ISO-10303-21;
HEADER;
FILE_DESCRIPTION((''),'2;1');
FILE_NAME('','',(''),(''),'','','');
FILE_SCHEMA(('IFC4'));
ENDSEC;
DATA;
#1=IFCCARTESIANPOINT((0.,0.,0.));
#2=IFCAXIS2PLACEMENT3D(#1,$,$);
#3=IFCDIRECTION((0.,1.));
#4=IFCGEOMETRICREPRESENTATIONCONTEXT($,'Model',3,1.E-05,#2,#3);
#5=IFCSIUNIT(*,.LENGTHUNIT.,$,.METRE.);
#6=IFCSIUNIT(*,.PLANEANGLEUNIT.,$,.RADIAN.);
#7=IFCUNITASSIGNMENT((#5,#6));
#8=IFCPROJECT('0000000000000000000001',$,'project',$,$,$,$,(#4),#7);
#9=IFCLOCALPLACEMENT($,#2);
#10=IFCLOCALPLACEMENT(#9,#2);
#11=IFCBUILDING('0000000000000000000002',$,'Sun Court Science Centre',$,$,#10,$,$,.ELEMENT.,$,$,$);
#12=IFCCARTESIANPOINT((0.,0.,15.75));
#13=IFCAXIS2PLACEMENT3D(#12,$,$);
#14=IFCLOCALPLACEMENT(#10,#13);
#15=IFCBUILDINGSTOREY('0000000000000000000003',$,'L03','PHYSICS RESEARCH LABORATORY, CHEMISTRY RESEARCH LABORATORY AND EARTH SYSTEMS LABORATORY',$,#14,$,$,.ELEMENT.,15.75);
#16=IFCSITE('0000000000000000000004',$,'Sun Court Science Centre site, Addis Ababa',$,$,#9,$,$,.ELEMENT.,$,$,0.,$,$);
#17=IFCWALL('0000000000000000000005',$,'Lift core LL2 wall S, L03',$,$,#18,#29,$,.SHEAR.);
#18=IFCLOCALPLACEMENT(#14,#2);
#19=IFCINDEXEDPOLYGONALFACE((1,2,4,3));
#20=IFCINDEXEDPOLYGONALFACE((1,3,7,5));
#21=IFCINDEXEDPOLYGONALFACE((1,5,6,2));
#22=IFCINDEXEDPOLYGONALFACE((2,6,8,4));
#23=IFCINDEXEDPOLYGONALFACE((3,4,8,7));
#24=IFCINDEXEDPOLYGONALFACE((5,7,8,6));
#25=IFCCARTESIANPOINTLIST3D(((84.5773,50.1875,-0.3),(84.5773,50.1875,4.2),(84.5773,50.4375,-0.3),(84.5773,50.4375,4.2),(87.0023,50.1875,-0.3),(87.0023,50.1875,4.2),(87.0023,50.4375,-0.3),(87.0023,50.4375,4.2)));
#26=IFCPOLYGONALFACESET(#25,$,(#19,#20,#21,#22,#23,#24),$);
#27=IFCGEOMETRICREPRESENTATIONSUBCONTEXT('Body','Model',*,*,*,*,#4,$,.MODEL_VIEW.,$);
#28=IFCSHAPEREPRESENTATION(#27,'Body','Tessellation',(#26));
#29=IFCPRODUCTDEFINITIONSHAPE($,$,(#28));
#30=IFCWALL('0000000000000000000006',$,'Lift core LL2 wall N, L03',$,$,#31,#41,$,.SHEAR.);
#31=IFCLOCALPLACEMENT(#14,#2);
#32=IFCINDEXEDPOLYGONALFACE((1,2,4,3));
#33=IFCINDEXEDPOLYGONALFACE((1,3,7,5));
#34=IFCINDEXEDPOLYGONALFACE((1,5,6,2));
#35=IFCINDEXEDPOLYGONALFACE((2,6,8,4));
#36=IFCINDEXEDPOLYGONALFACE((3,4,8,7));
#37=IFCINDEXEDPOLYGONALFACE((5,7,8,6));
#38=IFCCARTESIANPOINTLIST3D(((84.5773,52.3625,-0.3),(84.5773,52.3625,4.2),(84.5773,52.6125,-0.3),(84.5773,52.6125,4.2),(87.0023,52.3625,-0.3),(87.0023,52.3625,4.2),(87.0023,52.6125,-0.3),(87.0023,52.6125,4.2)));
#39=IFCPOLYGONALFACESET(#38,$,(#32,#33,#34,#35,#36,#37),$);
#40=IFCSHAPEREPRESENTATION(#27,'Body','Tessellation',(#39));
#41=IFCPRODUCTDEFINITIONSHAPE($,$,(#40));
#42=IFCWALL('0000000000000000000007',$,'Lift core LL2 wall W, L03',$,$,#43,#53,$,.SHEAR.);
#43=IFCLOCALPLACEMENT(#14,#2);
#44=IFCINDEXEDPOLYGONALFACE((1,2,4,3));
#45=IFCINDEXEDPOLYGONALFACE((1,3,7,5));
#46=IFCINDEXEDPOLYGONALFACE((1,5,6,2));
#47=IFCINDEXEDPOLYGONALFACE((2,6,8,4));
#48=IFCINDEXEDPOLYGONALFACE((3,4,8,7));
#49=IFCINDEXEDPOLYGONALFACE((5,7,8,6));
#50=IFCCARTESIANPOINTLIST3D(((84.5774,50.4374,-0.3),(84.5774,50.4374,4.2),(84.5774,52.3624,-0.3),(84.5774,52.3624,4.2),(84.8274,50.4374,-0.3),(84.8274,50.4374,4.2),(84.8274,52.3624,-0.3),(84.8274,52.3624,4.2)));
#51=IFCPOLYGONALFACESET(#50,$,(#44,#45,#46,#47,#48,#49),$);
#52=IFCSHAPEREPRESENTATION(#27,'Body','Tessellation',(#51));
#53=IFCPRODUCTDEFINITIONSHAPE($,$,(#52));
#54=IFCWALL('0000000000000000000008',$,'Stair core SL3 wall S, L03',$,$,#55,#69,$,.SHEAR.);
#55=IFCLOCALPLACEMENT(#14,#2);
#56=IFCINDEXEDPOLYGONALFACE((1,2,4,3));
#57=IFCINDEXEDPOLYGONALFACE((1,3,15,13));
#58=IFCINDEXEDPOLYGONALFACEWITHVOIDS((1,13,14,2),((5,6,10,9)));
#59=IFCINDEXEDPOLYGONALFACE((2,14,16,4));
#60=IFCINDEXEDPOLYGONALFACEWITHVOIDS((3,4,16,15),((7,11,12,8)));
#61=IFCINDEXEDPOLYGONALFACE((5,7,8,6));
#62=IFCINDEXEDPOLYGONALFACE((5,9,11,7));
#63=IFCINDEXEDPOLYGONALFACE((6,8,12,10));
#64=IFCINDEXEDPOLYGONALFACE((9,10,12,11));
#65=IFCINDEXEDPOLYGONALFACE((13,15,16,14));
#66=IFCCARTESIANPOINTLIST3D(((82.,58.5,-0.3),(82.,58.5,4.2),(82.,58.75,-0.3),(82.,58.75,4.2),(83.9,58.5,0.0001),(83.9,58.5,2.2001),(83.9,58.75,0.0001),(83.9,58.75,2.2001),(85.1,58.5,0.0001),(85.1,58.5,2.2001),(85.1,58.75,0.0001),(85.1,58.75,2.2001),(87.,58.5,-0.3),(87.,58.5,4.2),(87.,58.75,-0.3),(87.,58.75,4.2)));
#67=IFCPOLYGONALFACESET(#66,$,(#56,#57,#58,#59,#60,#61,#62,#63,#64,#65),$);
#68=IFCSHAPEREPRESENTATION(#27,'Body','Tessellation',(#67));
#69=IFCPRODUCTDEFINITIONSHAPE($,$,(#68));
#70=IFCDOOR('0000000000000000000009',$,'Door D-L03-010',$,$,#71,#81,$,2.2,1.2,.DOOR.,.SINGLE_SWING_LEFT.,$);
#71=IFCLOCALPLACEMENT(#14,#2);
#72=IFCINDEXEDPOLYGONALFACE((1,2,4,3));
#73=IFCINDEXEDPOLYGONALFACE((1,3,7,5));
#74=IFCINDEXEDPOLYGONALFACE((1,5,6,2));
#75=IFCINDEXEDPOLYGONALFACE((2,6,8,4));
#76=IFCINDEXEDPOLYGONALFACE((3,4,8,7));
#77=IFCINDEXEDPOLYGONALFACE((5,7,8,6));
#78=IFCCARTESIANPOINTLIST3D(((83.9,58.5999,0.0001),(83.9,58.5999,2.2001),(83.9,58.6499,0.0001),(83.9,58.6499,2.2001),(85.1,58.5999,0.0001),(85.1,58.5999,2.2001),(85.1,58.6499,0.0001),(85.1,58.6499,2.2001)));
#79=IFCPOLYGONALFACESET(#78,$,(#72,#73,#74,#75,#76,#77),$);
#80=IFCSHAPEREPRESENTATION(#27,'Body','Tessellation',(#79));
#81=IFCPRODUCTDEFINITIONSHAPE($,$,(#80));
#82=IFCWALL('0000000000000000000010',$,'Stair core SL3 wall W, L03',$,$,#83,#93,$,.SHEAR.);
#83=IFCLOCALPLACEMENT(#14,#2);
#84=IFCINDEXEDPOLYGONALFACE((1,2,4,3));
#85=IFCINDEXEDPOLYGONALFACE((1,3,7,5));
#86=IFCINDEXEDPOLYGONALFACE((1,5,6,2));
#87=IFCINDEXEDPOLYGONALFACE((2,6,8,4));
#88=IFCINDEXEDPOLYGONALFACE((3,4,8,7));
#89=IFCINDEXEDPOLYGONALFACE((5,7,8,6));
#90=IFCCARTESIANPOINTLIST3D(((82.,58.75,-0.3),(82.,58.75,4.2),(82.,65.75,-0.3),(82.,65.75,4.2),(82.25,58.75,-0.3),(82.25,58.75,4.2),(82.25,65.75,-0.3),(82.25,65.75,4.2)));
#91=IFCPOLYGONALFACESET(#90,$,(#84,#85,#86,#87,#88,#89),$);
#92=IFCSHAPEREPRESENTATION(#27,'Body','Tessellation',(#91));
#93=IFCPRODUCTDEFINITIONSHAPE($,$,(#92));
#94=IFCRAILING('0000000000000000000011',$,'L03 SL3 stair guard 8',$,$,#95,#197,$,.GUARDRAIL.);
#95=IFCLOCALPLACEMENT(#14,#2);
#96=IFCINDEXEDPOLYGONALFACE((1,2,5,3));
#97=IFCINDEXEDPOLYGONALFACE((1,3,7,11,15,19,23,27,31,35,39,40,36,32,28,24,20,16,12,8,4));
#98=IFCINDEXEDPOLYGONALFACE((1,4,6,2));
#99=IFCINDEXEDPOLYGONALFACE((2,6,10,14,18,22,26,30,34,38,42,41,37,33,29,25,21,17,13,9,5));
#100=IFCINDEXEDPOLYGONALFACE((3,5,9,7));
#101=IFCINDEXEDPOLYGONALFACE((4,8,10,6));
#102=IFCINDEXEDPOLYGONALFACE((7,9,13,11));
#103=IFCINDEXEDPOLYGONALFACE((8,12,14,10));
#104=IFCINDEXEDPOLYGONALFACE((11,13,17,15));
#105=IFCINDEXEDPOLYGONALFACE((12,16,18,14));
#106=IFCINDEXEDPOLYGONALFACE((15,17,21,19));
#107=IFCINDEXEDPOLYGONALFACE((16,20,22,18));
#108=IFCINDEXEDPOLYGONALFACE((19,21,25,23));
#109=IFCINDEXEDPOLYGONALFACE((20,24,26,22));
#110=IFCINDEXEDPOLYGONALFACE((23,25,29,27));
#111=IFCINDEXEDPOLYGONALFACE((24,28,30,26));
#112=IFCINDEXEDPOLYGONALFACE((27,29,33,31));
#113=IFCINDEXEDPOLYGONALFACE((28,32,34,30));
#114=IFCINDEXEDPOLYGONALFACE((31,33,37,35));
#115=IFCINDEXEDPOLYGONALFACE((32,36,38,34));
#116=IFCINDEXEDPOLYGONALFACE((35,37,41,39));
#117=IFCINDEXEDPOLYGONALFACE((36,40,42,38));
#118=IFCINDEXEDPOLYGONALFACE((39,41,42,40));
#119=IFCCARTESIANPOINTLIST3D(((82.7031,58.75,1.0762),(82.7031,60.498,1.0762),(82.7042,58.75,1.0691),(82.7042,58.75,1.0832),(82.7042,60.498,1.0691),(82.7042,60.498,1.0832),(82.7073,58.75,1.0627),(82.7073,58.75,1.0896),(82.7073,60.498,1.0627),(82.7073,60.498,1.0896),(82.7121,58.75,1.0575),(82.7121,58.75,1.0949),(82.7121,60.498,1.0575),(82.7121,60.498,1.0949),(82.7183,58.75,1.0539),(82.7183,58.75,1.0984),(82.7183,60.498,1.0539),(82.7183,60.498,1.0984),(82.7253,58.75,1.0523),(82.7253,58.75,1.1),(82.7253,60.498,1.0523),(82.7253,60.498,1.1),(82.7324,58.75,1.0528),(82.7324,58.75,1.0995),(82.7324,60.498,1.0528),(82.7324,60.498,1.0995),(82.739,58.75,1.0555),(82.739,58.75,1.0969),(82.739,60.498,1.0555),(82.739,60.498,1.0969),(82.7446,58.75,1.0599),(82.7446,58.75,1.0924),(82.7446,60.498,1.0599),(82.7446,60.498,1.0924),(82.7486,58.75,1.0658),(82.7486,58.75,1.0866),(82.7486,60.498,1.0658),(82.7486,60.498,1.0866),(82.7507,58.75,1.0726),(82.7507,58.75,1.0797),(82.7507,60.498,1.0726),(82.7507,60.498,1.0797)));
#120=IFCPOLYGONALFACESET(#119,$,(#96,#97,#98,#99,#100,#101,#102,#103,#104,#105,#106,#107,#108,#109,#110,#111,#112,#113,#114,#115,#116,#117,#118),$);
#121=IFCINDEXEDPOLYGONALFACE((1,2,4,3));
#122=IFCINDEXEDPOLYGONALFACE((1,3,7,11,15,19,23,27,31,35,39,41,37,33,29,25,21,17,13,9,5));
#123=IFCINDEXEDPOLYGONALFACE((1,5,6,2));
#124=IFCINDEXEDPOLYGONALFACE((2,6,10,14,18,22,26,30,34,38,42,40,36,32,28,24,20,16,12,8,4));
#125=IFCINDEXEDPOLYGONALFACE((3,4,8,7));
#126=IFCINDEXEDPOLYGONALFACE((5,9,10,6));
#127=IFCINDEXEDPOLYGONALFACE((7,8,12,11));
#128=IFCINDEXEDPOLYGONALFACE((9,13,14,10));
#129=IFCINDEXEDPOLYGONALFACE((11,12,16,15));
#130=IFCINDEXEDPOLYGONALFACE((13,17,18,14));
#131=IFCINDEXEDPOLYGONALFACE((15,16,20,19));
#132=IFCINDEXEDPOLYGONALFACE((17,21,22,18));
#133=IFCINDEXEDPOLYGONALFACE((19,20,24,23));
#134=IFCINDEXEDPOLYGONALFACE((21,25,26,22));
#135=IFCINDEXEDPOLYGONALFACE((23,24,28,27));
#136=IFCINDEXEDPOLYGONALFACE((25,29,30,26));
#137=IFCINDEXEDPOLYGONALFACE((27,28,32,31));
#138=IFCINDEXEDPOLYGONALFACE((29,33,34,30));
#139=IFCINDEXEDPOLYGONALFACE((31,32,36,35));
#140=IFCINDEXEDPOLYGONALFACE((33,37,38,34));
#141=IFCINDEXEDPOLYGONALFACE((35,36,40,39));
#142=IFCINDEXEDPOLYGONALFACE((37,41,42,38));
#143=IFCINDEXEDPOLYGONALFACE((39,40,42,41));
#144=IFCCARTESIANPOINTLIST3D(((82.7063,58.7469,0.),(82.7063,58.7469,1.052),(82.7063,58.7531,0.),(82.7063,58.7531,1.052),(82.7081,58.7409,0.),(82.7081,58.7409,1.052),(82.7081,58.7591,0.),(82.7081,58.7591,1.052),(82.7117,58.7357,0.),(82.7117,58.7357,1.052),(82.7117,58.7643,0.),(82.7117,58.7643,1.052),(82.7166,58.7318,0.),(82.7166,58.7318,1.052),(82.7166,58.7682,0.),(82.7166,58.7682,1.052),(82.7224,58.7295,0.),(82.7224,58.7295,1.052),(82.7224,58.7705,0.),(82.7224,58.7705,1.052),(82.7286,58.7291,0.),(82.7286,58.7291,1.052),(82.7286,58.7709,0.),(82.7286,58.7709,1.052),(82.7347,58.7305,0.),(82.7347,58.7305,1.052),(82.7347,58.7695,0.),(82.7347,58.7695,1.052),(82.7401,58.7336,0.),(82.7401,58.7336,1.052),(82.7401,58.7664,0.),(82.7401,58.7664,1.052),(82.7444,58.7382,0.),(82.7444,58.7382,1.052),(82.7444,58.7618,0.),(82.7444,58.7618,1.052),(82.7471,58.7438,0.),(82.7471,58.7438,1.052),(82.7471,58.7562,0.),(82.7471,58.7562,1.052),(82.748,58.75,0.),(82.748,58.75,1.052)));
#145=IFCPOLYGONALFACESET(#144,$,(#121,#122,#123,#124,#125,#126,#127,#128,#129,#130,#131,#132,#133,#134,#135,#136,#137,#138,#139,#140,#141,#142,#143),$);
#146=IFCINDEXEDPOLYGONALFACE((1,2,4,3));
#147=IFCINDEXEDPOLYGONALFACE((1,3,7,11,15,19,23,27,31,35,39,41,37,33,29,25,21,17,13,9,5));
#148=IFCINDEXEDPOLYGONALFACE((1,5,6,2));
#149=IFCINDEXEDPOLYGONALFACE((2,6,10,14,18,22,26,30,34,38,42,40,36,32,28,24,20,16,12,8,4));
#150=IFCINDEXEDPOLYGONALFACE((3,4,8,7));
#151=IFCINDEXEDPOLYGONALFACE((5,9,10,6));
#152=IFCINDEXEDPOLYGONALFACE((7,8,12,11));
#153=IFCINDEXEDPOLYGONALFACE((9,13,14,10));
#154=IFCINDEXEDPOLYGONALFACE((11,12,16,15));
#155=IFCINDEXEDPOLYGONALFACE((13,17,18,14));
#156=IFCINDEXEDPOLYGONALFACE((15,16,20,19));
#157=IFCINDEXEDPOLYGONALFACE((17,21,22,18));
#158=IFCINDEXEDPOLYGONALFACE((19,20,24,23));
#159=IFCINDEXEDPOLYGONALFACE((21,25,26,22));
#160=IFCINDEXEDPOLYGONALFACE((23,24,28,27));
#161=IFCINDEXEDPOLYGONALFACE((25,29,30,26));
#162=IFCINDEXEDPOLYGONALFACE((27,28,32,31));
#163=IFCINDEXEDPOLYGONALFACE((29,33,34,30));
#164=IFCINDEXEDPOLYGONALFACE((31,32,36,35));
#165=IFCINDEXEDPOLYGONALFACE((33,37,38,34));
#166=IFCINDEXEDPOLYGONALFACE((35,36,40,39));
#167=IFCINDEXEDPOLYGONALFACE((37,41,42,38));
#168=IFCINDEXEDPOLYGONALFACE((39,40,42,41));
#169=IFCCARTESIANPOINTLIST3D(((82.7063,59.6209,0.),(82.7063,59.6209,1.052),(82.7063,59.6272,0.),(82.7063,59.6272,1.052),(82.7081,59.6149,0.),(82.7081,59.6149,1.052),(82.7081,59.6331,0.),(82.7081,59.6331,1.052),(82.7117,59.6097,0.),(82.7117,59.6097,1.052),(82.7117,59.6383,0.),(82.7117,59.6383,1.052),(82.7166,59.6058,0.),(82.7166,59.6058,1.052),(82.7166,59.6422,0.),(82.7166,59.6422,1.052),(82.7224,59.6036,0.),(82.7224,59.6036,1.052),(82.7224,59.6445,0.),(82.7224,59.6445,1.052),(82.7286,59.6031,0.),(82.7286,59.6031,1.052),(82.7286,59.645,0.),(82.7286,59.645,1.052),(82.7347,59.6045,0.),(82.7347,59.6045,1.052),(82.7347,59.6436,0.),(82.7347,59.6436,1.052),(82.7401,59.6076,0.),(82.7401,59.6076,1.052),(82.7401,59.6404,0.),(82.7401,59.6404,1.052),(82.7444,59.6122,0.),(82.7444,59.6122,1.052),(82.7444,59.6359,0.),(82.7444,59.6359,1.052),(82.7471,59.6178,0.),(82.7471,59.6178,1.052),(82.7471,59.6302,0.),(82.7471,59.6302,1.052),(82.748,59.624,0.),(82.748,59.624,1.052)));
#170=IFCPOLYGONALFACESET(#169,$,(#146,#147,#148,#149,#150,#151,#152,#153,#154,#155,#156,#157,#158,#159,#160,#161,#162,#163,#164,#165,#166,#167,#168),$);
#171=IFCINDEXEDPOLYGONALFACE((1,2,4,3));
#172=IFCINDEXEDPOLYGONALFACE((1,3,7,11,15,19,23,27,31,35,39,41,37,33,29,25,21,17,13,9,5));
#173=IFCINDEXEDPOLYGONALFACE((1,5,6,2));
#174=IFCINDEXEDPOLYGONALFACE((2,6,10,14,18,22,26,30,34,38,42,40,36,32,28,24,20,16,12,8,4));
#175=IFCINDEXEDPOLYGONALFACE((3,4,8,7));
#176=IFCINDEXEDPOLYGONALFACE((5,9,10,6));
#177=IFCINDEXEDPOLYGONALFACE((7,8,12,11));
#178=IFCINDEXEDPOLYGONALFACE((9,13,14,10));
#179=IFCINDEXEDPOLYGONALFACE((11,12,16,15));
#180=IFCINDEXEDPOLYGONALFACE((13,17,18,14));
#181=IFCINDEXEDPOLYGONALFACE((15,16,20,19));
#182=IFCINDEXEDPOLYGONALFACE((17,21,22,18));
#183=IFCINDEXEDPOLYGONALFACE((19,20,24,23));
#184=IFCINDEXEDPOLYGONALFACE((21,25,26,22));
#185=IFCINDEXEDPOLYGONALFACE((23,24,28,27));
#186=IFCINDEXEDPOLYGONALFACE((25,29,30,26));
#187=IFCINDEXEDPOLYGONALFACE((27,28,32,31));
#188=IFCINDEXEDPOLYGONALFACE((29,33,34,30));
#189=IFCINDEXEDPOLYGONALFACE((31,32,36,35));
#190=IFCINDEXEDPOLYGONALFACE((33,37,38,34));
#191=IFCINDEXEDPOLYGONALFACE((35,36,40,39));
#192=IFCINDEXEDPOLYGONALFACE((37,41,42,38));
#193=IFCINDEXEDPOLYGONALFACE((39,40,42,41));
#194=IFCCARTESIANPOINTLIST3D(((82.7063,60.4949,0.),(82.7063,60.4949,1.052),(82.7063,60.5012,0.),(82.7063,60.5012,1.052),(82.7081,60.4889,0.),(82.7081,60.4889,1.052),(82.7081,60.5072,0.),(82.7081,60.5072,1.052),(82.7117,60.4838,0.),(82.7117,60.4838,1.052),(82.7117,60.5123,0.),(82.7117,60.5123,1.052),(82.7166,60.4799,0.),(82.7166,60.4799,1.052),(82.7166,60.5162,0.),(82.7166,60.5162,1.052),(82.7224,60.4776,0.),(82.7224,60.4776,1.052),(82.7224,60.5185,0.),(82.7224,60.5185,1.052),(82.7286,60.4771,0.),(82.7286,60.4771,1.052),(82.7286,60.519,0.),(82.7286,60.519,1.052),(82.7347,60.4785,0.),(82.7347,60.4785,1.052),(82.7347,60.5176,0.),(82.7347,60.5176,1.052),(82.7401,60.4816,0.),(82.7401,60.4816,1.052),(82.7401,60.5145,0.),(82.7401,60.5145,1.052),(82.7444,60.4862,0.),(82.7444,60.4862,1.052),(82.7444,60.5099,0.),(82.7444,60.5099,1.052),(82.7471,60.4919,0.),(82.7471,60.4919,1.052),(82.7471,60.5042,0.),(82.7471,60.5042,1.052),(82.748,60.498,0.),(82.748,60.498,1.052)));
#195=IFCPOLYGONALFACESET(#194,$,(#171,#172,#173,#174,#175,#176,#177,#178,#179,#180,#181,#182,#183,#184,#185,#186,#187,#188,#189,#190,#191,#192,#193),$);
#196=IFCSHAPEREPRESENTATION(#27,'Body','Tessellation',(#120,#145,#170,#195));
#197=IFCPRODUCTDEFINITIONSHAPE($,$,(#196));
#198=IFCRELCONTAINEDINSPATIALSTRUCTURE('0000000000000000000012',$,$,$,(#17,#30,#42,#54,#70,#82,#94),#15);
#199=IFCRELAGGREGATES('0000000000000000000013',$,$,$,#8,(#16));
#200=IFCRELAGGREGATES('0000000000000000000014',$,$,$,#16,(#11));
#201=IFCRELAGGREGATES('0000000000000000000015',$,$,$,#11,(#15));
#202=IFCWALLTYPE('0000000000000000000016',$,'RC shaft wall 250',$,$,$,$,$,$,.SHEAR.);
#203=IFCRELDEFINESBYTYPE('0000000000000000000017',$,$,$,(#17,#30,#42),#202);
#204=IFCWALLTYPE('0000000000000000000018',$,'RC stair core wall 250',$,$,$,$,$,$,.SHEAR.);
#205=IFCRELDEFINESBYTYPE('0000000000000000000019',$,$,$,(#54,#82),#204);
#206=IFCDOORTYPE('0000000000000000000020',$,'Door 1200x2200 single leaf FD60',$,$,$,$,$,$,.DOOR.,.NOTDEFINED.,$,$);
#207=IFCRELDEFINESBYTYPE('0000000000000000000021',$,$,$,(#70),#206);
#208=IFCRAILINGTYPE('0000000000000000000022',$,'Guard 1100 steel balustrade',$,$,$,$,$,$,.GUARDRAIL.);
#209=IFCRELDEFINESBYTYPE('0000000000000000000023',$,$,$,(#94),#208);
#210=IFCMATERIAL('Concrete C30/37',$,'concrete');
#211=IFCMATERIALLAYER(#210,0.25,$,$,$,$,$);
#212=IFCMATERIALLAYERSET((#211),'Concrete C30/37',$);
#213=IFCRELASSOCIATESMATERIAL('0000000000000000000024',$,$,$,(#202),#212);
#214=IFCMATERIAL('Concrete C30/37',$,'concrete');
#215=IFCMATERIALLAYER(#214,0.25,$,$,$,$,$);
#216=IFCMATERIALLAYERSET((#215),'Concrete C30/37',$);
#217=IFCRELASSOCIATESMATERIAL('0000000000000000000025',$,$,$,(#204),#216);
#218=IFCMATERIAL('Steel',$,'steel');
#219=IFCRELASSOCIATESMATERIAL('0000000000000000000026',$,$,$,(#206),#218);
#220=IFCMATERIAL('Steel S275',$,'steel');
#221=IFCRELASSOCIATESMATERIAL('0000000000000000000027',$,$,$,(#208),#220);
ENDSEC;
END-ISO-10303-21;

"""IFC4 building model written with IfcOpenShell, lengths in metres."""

from ifc_helpers import new_model, si_unit, direction, frame, frame_2d, origin, origin_2d, place, context, subcontext, project, spatial, rectangle, circle, extrude, material, layer, layer_set, type_object, element, fill, save


model = new_model("IFC4")

# Units and contexts
model_context = context("Model", 3, precision=1e-05, world=origin(), true_north=direction((0.0, 1.0)))
body_context = subcontext(model_context, "Body", "Model", "MODEL_VIEW")
ifc_project = project(units=[si_unit("LENGTHUNIT", "METRE"), si_unit("PLANEANGLEUNIT", "RADIAN")], contexts=[model_context])

# Site, building, storey
site_placement = place(None, origin())
site = spatial("IfcSite", under=ifc_project, at=site_placement, Name="Sun Court Science Centre site, Addis Ababa", CompositionType="ELEMENT", RefElevation=0.0)
building_placement = place(site_placement, origin())
building = spatial("IfcBuilding", under=site, at=building_placement, Name="Sun Court Science Centre", CompositionType="ELEMENT")
storey_placement = place(building_placement, frame((0.0, 0.0, 15.75)))
storey = spatial("IfcBuildingStorey", under=building, at=storey_placement, Name="L03", Description="PHYSICS RESEARCH LABORATORY, CHEMISTRY RESEARCH LABORATORY AND EARTH SYSTEMS LABORATORY", CompositionType="ELEMENT", Elevation=15.75)

# Walls
ifc_material_1 = material(Name="Concrete C30/37", Category="concrete")
ifc_layer_1 = layer(ifc_material_1, 0.25)
ifc_layer_set_1 = layer_set([ifc_layer_1], Name="Concrete C30/37")
wall_type_1 = type_object("IfcWallType", Name="RC shaft wall 250", PredefinedType="SHEAR", material=ifc_layer_set_1)
for number, where, z_axis, x_axis, name in (
    (1, (84.5774, 50.3125, -0.3), (0.0, 0.0, 1.0), (1.0, 0.0, 0.0), "Lift core LL2 wall S, L03"),
    (2, (84.5774, 52.4875, -0.3), (0.0, 0.0, 1.0), (1.0, 0.0, 0.0), "Lift core LL2 wall N, L03"),
):
    element("IfcWall", number, at=place(storey_placement, frame(where, z_axis=z_axis, x_axis=x_axis)), inside=storey, type_object=wall_type_1, Name=name, PredefinedType="SHEAR", context=body_context, shape_type="SweptSolid", body=[
        extrude(rectangle(XDim=2.425, YDim=0.25, at=frame_2d((1.2124, 0.0))), origin(), (0.0, 0.0, 1.0), 4.5),
    ])
wall_1_placement = place(storey_placement, frame((84.7024, 50.4375, -0.3), z_axis=(0.0, 0.0, 1.0), x_axis=(0.0, 1.0, 0.0)))
element("IfcWall", 3, at=wall_1_placement, inside=storey, type_object=wall_type_1, Name="Lift core LL2 wall W, L03", PredefinedType="SHEAR", context=body_context, shape_type="SweptSolid", body=[
    extrude(rectangle(XDim=1.925, YDim=0.25, at=frame_2d((0.9624, 0.0))), origin(), (0.0, 0.0, 1.0), 4.5),
])

# Wall, opening, door
ifc_material_2 = material(Name="Concrete C30/37", Category="concrete")
ifc_layer_2 = layer(ifc_material_2, 0.25)
ifc_layer_set_2 = layer_set([ifc_layer_2], Name="Concrete C30/37")
wall_type_2 = type_object("IfcWallType", Name="RC stair core wall 250", PredefinedType="SHEAR", material=ifc_layer_set_2)
wall_2_placement = place(storey_placement, frame((82.0, 58.625, -0.3), z_axis=(0.0, 0.0, 1.0), x_axis=(1.0, 0.0, 0.0)))
wall_2 = element("IfcWall", 4, at=wall_2_placement, inside=storey, type_object=wall_type_2, Name="Stair core SL3 wall S, L03", PredefinedType="SHEAR", context=body_context, shape_type="SweptSolid", body=[
    extrude(rectangle(XDim=5.0, YDim=0.25, at=frame_2d((2.5, 0.0))), origin(), (0.0, 0.0, 1.0), 4.5),
])
opening_1_placement = place(wall_2_placement, frame((1.8999, 0.0, 0.3)))
opening_1 = element("IfcOpeningElement", 5, at=opening_1_placement, cuts=wall_2, PredefinedType="OPENING", context=body_context, shape_type="SweptSolid", body=[
    extrude(rectangle(XDim=1.2, YDim=2.2, at=frame_2d((0.6001, 1.1001))), frame((0.0, 0.135, 0.0), z_axis=(0.0, -1.0, 0.0), x_axis=(1.0, 0.0, 0.0)), (0.0, 0.0, 1.0), 0.27),
])
ifc_material_3 = material(Name="Steel", Category="steel")
door_type_1 = type_object("IfcDoorType", Name="Door 1200x2200 single leaf FD60", OperationType="NOTDEFINED", PredefinedType="DOOR", material=ifc_material_3)
door_1_placement = place(opening_1_placement, origin())
door_1 = element("IfcDoor", 6, at=door_1_placement, inside=storey, type_object=door_type_1, Name="Door D-L03-010", OperationType="SINGLE_SWING_LEFT", OverallHeight=2.2, OverallWidth=1.2, PredefinedType="DOOR", context=body_context, shape_type="SweptSolid", body=[
    extrude(rectangle(XDim=1.2, YDim=2.2, at=frame_2d((0.6001, 1.1001))), frame((0.0, 0.0249, 0.0), z_axis=(0.0, -1.0, 0.0), x_axis=(1.0, 0.0, 0.0)), (0.0, 0.0, 1.0), 0.05),
])
fill(opening_1, door_1)

# Wall
wall_3_placement = place(storey_placement, frame((82.125, 58.75, -0.3), z_axis=(0.0, 0.0, 1.0), x_axis=(0.0, 1.0, 0.0)))
element("IfcWall", 7, at=wall_3_placement, inside=storey, type_object=wall_type_2, Name="Stair core SL3 wall W, L03", PredefinedType="SHEAR", context=body_context, shape_type="SweptSolid", body=[
    extrude(rectangle(XDim=7.0, YDim=0.25, at=frame_2d((3.5, 0.0))), origin(), (0.0, 0.0, 1.0), 4.5),
])

# Railing
ifc_material_4 = material(Name="Steel S275", Category="steel")
railing_type = type_object("IfcRailingType", Name="Guard 1100 steel balustrade", PredefinedType="GUARDRAIL", material=ifc_material_4)
railing_placement = place(storey_placement, frame((82.7271, 58.75, 0.0)))
element("IfcRailing", 8, at=railing_placement, inside=storey, type_object=railing_type, Name="L03 SL3 stair guard 8", PredefinedType="GUARDRAIL", context=body_context, shape_type="SweptSolid", body=[
    extrude(circle(Radius=0.0239, at=origin_2d()), frame((0.0, 0.0, 1.0762), z_axis=(0.0, 1.0, 0.0), x_axis=(-1.0, 0.0, 0.0)), (0.0, 0.0, 1.0), 1.748),
    extrude(circle(Radius=0.021, at=origin_2d()), origin(), (0.0, 0.0, 1.0), 1.052),
    extrude(circle(Radius=0.021, at=origin_2d()), frame((0.0, 0.874, 0.0)), (0.0, 0.0, 1.0), 1.052),
    extrude(circle(Radius=0.021, at=origin_2d()), frame((0.0, 1.748, 0.0)), (0.0, 0.0, 1.0), 1.052),
])

save(model, "model.ifc")
